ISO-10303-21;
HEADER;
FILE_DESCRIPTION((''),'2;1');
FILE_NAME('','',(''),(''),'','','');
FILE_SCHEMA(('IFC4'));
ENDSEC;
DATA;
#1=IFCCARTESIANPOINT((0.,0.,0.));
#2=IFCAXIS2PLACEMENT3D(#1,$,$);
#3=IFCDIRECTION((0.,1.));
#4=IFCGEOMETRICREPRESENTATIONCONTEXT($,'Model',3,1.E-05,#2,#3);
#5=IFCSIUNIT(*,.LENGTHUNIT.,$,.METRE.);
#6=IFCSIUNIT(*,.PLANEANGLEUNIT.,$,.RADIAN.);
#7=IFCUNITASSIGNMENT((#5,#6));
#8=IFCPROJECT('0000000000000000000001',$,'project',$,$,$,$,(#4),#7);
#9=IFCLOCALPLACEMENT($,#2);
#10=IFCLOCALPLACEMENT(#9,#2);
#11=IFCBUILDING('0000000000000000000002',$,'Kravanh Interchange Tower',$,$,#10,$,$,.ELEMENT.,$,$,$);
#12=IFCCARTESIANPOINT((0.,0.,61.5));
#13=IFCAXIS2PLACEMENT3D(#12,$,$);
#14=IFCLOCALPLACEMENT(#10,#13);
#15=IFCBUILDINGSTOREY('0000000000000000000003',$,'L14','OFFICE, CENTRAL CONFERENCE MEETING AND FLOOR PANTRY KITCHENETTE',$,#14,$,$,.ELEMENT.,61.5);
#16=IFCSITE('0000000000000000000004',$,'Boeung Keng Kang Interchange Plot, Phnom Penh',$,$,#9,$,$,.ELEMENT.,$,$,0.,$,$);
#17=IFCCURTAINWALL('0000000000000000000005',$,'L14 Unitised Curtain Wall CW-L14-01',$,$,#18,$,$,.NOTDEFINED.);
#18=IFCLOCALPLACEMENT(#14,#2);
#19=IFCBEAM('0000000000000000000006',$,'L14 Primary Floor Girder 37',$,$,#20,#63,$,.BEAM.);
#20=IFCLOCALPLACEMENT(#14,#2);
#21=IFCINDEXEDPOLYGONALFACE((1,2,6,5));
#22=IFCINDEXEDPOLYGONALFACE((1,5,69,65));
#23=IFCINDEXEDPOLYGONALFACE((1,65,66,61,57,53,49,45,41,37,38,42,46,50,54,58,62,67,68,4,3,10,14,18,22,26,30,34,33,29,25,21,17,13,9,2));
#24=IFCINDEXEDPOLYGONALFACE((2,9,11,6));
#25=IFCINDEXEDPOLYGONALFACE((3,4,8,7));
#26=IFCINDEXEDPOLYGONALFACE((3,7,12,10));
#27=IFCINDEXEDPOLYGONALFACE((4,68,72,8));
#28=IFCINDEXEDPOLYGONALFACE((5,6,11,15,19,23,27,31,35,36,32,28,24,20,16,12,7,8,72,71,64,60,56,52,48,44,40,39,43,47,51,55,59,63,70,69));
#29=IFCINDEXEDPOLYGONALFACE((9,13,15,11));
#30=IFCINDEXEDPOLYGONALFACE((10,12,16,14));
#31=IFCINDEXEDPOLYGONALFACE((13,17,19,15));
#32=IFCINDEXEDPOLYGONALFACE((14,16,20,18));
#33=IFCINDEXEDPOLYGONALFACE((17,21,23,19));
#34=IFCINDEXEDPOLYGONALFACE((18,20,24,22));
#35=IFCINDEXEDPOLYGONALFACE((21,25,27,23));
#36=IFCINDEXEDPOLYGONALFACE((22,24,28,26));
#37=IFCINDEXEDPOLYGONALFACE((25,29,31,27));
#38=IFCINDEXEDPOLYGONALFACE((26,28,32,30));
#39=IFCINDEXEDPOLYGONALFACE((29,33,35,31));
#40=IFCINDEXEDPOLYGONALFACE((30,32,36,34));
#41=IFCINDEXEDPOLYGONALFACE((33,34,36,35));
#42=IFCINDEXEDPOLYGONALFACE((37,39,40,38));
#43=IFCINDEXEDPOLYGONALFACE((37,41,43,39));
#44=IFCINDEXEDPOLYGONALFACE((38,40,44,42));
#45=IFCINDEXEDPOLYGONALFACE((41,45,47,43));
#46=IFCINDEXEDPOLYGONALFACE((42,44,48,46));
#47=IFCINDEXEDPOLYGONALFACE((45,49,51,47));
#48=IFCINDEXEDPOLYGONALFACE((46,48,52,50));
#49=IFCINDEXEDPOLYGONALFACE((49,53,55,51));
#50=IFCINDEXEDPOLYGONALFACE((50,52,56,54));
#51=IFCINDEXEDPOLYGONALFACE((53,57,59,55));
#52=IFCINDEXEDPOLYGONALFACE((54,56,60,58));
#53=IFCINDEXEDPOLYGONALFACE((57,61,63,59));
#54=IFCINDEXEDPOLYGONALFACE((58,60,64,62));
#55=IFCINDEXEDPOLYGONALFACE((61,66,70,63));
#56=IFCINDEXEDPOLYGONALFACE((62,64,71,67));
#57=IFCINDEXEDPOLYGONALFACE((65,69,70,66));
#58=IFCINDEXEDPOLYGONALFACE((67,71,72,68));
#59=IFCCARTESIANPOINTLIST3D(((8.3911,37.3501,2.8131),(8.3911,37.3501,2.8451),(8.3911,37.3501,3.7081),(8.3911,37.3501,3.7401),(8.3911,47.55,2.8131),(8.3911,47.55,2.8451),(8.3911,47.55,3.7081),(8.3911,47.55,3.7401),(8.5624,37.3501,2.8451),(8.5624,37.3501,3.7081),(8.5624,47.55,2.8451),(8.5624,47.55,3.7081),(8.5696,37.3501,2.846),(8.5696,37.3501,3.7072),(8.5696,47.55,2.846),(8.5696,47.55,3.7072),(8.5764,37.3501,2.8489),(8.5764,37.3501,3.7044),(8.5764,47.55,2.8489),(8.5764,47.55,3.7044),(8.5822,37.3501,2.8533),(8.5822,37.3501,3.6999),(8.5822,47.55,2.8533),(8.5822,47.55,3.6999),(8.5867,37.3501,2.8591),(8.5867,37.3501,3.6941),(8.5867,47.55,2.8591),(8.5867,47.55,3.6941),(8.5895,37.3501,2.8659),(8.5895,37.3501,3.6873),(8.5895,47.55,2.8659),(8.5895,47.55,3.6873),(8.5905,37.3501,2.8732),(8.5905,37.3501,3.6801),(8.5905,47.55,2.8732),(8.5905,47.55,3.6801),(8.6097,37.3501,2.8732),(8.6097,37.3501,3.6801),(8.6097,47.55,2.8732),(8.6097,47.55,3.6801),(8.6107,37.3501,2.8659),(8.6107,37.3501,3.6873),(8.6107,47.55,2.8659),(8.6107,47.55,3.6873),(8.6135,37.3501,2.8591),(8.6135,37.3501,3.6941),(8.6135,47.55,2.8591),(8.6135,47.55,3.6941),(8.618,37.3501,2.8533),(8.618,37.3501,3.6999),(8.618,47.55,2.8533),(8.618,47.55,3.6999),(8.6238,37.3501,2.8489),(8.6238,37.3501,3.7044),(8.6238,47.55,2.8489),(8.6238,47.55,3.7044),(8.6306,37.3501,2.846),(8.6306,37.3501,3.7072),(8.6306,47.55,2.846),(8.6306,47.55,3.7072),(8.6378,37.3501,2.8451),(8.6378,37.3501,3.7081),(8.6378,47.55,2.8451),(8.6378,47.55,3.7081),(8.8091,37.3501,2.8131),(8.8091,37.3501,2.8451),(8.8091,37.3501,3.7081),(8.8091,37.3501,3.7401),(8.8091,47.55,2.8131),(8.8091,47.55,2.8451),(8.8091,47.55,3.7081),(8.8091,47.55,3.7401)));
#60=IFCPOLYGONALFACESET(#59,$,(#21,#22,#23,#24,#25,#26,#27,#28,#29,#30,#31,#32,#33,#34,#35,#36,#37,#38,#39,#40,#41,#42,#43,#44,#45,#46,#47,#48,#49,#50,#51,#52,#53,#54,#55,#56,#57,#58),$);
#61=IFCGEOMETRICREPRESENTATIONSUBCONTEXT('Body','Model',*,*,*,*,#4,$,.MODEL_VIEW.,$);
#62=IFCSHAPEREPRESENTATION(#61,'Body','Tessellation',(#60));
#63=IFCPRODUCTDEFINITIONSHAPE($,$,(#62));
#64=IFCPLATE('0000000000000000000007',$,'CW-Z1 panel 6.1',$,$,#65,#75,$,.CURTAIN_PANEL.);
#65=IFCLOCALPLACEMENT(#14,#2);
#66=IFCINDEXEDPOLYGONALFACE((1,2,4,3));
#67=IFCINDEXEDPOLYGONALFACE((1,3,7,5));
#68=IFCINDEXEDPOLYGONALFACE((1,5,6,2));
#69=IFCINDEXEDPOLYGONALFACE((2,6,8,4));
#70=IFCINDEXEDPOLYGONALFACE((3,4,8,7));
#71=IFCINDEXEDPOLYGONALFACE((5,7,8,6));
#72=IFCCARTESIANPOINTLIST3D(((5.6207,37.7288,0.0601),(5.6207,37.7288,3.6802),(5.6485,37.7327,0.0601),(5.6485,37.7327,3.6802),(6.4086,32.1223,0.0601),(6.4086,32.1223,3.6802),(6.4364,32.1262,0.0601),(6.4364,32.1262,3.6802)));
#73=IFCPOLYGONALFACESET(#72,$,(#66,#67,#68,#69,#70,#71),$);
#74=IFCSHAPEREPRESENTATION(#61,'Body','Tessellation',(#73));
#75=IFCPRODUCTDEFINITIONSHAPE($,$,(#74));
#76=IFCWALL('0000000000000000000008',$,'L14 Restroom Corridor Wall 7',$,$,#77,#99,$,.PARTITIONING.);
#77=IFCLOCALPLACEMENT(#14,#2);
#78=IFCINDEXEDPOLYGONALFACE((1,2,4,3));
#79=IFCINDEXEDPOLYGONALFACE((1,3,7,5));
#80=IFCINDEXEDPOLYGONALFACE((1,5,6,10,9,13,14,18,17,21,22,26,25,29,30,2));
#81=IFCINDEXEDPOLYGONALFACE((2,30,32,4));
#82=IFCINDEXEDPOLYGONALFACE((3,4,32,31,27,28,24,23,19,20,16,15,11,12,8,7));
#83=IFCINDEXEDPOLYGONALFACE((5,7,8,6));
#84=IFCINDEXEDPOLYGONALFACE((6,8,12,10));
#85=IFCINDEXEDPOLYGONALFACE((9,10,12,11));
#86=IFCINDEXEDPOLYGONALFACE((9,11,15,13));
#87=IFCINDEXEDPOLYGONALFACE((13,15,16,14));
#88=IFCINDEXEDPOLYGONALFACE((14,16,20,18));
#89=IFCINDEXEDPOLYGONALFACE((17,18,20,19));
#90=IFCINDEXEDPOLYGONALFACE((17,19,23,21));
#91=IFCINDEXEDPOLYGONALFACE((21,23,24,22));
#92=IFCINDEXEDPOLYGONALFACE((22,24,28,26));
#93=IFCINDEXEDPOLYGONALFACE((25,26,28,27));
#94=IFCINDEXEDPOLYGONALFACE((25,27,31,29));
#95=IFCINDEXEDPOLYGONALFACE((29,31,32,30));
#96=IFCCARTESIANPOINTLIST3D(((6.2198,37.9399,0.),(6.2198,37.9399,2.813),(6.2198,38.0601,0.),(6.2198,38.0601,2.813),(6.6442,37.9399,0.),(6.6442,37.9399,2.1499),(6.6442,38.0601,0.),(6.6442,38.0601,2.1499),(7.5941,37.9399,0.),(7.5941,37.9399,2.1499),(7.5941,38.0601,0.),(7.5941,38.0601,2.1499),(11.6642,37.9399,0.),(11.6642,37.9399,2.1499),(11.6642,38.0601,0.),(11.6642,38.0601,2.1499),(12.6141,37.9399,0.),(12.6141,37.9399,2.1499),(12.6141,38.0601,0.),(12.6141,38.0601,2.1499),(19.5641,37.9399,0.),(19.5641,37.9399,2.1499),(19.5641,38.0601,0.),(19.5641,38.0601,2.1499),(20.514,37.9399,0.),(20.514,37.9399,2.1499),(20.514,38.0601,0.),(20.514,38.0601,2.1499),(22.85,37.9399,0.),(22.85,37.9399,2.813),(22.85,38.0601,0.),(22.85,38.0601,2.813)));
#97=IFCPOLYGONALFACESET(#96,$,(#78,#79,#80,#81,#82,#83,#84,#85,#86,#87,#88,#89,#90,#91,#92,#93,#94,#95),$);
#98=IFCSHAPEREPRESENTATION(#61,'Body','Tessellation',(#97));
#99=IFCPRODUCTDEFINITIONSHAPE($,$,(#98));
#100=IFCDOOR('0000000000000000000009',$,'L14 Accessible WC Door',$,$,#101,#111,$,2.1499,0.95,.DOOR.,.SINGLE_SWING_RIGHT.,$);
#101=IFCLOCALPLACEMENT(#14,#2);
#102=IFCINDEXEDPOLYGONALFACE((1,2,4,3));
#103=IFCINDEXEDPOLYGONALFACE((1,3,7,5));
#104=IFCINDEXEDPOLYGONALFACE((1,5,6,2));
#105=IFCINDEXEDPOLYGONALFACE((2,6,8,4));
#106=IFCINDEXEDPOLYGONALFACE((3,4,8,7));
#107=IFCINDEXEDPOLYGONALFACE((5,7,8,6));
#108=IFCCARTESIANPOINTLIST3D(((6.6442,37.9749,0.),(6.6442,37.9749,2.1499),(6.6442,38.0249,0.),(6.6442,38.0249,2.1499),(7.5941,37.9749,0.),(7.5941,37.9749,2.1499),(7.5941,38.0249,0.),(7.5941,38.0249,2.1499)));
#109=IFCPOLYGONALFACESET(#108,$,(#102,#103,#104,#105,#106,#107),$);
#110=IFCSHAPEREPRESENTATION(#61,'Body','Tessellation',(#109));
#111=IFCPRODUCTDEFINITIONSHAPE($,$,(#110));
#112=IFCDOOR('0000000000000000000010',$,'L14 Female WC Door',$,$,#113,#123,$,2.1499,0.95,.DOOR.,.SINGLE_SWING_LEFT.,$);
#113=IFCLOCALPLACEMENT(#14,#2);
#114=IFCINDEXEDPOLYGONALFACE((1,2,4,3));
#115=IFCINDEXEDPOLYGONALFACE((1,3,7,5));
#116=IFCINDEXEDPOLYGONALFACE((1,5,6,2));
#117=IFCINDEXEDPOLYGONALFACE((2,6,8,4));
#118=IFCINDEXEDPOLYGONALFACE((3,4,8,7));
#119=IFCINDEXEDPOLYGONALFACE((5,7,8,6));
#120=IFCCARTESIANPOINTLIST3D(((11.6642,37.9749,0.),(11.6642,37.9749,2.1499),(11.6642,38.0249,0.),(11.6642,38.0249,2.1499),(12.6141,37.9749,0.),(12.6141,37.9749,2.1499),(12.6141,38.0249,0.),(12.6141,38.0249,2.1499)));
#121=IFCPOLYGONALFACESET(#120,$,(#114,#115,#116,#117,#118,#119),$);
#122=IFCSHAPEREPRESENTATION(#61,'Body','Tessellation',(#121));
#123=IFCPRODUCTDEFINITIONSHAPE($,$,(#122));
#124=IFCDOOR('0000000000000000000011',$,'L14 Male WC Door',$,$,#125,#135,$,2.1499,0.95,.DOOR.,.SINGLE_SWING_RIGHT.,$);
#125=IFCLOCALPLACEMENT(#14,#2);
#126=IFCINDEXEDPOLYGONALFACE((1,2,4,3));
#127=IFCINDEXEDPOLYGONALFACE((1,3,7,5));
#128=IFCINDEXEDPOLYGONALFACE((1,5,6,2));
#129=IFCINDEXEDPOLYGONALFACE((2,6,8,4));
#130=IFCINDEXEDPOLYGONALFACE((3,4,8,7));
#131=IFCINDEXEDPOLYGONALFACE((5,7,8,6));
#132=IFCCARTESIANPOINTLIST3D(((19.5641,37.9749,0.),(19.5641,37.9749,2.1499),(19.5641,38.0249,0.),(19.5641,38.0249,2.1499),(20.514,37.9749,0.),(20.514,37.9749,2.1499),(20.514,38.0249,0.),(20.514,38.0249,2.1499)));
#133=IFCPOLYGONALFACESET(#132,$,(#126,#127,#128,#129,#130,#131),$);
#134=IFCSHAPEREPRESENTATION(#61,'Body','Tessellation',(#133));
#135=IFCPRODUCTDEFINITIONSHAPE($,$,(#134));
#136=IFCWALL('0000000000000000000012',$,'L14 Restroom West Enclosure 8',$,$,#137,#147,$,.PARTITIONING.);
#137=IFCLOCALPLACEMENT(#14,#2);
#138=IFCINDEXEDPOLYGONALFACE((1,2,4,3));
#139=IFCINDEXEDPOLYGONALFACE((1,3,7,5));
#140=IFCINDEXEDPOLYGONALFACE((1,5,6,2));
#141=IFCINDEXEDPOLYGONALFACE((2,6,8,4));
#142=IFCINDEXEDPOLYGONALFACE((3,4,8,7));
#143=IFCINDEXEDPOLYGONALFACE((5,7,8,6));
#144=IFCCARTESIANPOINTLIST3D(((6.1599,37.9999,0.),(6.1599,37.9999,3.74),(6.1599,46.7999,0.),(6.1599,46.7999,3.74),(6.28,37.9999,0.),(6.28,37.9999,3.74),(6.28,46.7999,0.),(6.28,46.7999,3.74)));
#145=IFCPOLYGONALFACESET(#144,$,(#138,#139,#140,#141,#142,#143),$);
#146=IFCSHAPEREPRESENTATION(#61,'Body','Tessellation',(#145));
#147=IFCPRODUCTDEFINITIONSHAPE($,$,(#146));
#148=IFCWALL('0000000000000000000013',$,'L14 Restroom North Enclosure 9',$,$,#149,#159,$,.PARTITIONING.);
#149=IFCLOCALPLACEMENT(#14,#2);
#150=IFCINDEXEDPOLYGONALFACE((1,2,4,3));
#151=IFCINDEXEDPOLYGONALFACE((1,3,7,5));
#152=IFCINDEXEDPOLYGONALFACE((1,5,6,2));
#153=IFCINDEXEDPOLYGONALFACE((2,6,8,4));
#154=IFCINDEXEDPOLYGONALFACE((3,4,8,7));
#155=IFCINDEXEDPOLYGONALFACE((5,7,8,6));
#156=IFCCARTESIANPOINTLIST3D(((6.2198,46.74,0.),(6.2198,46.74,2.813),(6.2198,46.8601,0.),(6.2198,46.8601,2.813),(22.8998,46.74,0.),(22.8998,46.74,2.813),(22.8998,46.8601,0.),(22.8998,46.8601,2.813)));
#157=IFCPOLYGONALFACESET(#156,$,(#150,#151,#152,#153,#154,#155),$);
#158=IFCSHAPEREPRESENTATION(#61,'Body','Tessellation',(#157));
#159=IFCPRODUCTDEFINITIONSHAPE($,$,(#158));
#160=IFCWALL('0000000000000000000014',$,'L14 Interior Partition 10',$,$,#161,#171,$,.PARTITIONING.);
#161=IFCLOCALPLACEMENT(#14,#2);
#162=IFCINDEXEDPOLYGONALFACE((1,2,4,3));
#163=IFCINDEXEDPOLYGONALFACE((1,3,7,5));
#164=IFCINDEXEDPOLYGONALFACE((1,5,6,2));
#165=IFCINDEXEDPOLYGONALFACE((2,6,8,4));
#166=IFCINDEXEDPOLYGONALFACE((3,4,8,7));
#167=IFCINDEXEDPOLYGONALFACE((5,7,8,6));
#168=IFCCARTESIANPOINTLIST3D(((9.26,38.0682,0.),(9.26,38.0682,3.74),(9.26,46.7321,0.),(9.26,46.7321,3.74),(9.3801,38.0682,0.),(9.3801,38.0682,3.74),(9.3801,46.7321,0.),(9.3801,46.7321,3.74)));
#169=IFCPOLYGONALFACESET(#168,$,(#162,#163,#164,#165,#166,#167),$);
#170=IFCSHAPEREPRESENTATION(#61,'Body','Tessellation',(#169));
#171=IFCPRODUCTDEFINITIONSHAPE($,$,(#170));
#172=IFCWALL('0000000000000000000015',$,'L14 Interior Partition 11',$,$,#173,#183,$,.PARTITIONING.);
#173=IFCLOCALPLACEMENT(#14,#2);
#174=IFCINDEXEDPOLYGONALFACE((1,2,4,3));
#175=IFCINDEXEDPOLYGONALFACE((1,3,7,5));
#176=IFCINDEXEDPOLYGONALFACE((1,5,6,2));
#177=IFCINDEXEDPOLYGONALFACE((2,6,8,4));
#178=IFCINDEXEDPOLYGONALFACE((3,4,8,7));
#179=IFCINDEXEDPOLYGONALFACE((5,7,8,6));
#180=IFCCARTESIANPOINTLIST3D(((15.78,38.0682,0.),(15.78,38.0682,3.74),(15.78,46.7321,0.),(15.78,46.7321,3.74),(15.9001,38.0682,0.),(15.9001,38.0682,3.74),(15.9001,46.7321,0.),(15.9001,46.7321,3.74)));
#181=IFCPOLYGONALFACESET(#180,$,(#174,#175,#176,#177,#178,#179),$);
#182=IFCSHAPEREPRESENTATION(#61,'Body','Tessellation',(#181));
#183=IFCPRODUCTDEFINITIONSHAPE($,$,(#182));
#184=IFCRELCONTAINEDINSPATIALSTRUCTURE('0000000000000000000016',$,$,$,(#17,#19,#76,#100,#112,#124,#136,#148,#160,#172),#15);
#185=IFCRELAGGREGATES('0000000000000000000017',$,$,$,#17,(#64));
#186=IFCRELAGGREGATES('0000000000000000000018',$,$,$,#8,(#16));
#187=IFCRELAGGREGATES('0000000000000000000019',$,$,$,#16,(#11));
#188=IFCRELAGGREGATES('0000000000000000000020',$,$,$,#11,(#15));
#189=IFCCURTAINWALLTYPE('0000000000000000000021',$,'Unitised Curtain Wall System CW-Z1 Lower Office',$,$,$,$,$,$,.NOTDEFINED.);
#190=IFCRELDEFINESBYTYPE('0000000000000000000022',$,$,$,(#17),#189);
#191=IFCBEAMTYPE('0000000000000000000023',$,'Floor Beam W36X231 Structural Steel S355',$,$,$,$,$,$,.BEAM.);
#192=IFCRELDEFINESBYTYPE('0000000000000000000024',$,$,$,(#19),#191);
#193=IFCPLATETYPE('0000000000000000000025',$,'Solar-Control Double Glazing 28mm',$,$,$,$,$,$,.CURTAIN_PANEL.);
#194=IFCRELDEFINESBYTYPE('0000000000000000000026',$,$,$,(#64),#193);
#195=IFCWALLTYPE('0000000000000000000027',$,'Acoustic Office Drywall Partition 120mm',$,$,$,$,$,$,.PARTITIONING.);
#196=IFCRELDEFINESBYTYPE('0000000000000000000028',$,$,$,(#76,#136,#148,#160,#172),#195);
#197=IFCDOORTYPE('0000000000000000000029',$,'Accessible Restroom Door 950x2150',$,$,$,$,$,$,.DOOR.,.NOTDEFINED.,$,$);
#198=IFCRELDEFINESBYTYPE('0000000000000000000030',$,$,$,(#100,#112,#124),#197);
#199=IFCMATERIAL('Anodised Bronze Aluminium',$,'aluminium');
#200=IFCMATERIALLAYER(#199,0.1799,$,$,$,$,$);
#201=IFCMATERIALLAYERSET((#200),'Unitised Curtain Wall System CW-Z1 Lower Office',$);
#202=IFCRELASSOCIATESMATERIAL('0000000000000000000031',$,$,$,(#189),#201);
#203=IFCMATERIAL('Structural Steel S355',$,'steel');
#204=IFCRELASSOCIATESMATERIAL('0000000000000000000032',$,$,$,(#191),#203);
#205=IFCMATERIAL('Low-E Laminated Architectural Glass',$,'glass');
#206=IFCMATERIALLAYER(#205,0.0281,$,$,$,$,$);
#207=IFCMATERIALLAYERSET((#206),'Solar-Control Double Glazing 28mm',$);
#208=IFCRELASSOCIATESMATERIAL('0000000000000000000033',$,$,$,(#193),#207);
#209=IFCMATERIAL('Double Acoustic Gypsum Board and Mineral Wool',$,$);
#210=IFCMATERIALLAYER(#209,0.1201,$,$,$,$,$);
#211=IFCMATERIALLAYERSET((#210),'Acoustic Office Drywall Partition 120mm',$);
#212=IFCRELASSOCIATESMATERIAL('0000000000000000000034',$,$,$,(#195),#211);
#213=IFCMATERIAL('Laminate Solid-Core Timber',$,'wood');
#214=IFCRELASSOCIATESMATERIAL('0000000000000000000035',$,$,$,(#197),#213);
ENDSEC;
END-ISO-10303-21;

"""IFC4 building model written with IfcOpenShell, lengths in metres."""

from ifc_helpers import new_model, si_unit, direction, frame, frame_2d, origin, origin_2d, place, context, subcontext, project, spatial, rectangle, i_section, extrude, material, layer, layer_set, material_profile, profile_set, type_object, element, fill, aggregate, save


model = new_model("IFC4")

# Units and contexts
model_context = context("Model", 3, precision=1e-05, world=origin(), true_north=direction((0.0, 1.0)))
body_context = subcontext(model_context, "Body", "Model", "MODEL_VIEW")
ifc_project = project(units=[si_unit("LENGTHUNIT", "METRE"), si_unit("PLANEANGLEUNIT", "RADIAN")], contexts=[model_context])

# Site, building, storey
site_placement = place(None, origin())
site = spatial("IfcSite", under=ifc_project, at=site_placement, Name="Boeung Keng Kang Interchange Plot, Phnom Penh", CompositionType="ELEMENT", RefElevation=0.0)
building_placement = place(site_placement, origin())
building = spatial("IfcBuilding", under=site, at=building_placement, Name="Kravanh Interchange Tower", CompositionType="ELEMENT")
storey_placement = place(building_placement, frame((0.0, 0.0, 61.5)))
storey = spatial("IfcBuildingStorey", under=building, at=storey_placement, Name="L14", Description="OFFICE, CENTRAL CONFERENCE MEETING AND FLOOR PANTRY KITCHENETTE", CompositionType="ELEMENT", Elevation=61.5)

# Curtain wall
ifc_material_1 = material(Name="Anodised Bronze Aluminium", Category="aluminium")
ifc_layer_1 = layer(ifc_material_1, 0.1799)
ifc_layer_set_1 = layer_set([ifc_layer_1], Name="Unitised Curtain Wall System CW-Z1 Lower Office")
curtain_wall_type = type_object("IfcCurtainWallType", Name="Unitised Curtain Wall System CW-Z1 Lower Office", PredefinedType="NOTDEFINED", material=ifc_layer_set_1)
curtain_wall_placement = place(storey_placement, origin())
curtain_wall = element("IfcCurtainWall", 1, at=curtain_wall_placement, inside=storey, type_object=curtain_wall_type, Name="L14 Unitised Curtain Wall CW-L14-01", PredefinedType="NOTDEFINED")

# Beam
ifc_material_2 = material(Name="Structural Steel S355", Category="steel")
ifc_material_profile_1 = material_profile(ifc_material_2, i_section(OverallWidth=0.418, OverallDepth=0.927, WebThickness=0.0193, FlangeThickness=0.032, FilletRadius=0.0281, at=origin_2d()), Name="W36X231")
ifc_profile_set_1 = profile_set([ifc_material_profile_1], Name="Structural Steel S355")
beam_type = type_object("IfcBeamType", Name="Floor Beam W36X231 Structural Steel S355", PredefinedType="BEAM", material=ifc_profile_set_1)
beam_1_placement = place(storey_placement, frame((8.6001, 37.3501, 3.2766), z_axis=(0.0, 1.0, 0.0), x_axis=(-1.0, 0.0, 0.0)))
element("IfcBeam", 2, at=beam_1_placement, inside=storey, type_object=beam_type, Name="L14 Primary Floor Girder 37", PredefinedType="BEAM", context=body_context, shape_type="SweptSolid", body=[
    extrude(i_section(OverallWidth=0.418, OverallDepth=0.927, WebThickness=0.0193, FlangeThickness=0.032, FilletRadius=0.0281, at=origin_2d()), origin(), (0.0, 0.0, 1.0), 10.2),
])

# Plate
ifc_material_3 = material(Name="Low-E Laminated Architectural Glass", Category="glass")
ifc_layer_2 = layer(ifc_material_3, 0.0281)
ifc_layer_set_2 = layer_set([ifc_layer_2], Name="Solar-Control Double Glazing 28mm")
plate_type = type_object("IfcPlateType", Name="Solar-Control Double Glazing 28mm", PredefinedType="CURTAIN_PANEL", material=ifc_layer_set_2)
plate_placement = place(storey_placement, frame((6.0286, 34.9275, 0.0601), z_axis=(0.0, 0.0, 1.0), x_axis=(-0.139177, 0.990268, 0.0)))
plate = element("IfcPlate", 3, at=plate_placement, type_object=plate_type, Name="CW-Z1 panel 6.1", PredefinedType="CURTAIN_PANEL", context=body_context, shape_type="SweptSolid", body=[
    extrude(rectangle(XDim=5.6616, YDim=0.0281, at=origin_2d()), origin(), (0.0, 0.0, 1.0), 3.6201),
])
aggregate(curtain_wall, [plate])

# Wall, openings, doors
ifc_material_4 = material(Name="Double Acoustic Gypsum Board and Mineral Wool")
ifc_layer_3 = layer(ifc_material_4, 0.1201)
ifc_layer_set_3 = layer_set([ifc_layer_3], Name="Acoustic Office Drywall Partition 120mm")
wall_type_1 = type_object("IfcWallType", Name="Acoustic Office Drywall Partition 120mm", PredefinedType="PARTITIONING", material=ifc_layer_set_3)
wall_1_placement = place(storey_placement, frame((6.22, 38.0, 0.0), z_axis=(0.0, 0.0, 1.0), x_axis=(1.0, 0.0, 0.0)))
wall_1 = element("IfcWall", 4, at=wall_1_placement, inside=storey, type_object=wall_type_1, Name="L14 Restroom Corridor Wall 7", PredefinedType="PARTITIONING", context=body_context, shape_type="SweptSolid", body=[
    extrude(rectangle(XDim=16.6301, YDim=0.1201, at=frame_2d((8.3149, 0.0))), origin(), (0.0, 0.0, 1.0), 2.813),
])
opening_1_placement = place(wall_1_placement, frame((0.4241, 0.0, 0.0)))
opening_1 = element("IfcOpeningElement", 5, at=opening_1_placement, cuts=wall_1, PredefinedType="OPENING", context=body_context, shape_type="SweptSolid", body=[
    extrude(rectangle(XDim=0.95, YDim=2.1499, at=frame_2d((0.4751, 1.075))), frame((0.0, 0.0701, 0.0), z_axis=(0.0, -1.0, 0.0), x_axis=(1.0, 0.0, 0.0)), (0.0, 0.0, 1.0), 0.1401),
])
opening_2_placement = place(wall_1_placement, frame((5.4441, 0.0, 0.0)))
opening_2 = element("IfcOpeningElement", 6, at=opening_2_placement, cuts=wall_1, PredefinedType="OPENING", context=body_context, shape_type="SweptSolid", body=[
    extrude(rectangle(XDim=0.95, YDim=2.1499, at=frame_2d((0.4751, 1.075))), frame((0.0, 0.0701, 0.0), z_axis=(0.0, -1.0, 0.0), x_axis=(1.0, 0.0, 0.0)), (0.0, 0.0, 1.0), 0.1401),
])
opening_3_placement = place(wall_1_placement, frame((13.344, 0.0, 0.0)))
opening_3 = element("IfcOpeningElement", 7, at=opening_3_placement, cuts=wall_1, PredefinedType="OPENING", context=body_context, shape_type="SweptSolid", body=[
    extrude(rectangle(XDim=0.95, YDim=2.1499, at=frame_2d((0.4751, 1.075))), frame((0.0, 0.0701, 0.0), z_axis=(0.0, -1.0, 0.0), x_axis=(1.0, 0.0, 0.0)), (0.0, 0.0, 1.0), 0.1401),
])
ifc_material_5 = material(Name="Laminate Solid-Core Timber", Category="wood")
door_type = type_object("IfcDoorType", Name="Accessible Restroom Door 950x2150", OperationType="NOTDEFINED", PredefinedType="DOOR", material=ifc_material_5)
door_1_placement = place(opening_1_placement, origin())
door_1 = element("IfcDoor", 8, at=door_1_placement, inside=storey, type_object=door_type, Name="L14 Accessible WC Door", OperationType="SINGLE_SWING_RIGHT", OverallHeight=2.1499, OverallWidth=0.95, PredefinedType="DOOR", context=body_context, shape_type="SweptSolid", body=[
    extrude(rectangle(XDim=0.95, YDim=2.1499, at=frame_2d((0.4751, 1.075))), frame((0.0, 0.0249, 0.0), z_axis=(0.0, -1.0, 0.0), x_axis=(1.0, 0.0, 0.0)), (0.0, 0.0, 1.0), 0.05),
])
fill(opening_1, door_1)
door_2_placement = place(opening_2_placement, origin())
door_2 = element("IfcDoor", 9, at=door_2_placement, inside=storey, type_object=door_type, Name="L14 Female WC Door", OperationType="SINGLE_SWING_LEFT", OverallHeight=2.1499, OverallWidth=0.95, PredefinedType="DOOR", context=body_context, shape_type="SweptSolid", body=[
    extrude(rectangle(XDim=0.95, YDim=2.1499, at=frame_2d((0.4751, 1.075))), frame((0.0, 0.0249, 0.0), z_axis=(0.0, -1.0, 0.0), x_axis=(1.0, 0.0, 0.0)), (0.0, 0.0, 1.0), 0.05),
])
fill(opening_2, door_2)
door_3_placement = place(opening_3_placement, origin())
door_3 = element("IfcDoor", 10, at=door_3_placement, inside=storey, type_object=door_type, Name="L14 Male WC Door", OperationType="SINGLE_SWING_RIGHT", OverallHeight=2.1499, OverallWidth=0.95, PredefinedType="DOOR", context=body_context, shape_type="SweptSolid", body=[
    extrude(rectangle(XDim=0.95, YDim=2.1499, at=frame_2d((0.4751, 1.075))), frame((0.0, 0.0249, 0.0), z_axis=(0.0, -1.0, 0.0), x_axis=(1.0, 0.0, 0.0)), (0.0, 0.0, 1.0), 0.05),
])
fill(opening_3, door_3)

# Walls
wall_2_placement = place(storey_placement, frame((6.22, 38.0, 0.0), z_axis=(0.0, 0.0, 1.0), x_axis=(0.0, 1.0, 0.0)))
element("IfcWall", 11, at=wall_2_placement, inside=storey, type_object=wall_type_1, Name="L14 Restroom West Enclosure 8", PredefinedType="PARTITIONING", context=body_context, shape_type="SweptSolid", body=[
    extrude(rectangle(XDim=8.8, YDim=0.1201, at=frame_2d((4.3999, 0.0))), origin(), (0.0, 0.0, 1.0), 3.74),
])
wall_3_placement = place(storey_placement, frame((6.22, 46.8, 0.0), z_axis=(0.0, 0.0, 1.0), x_axis=(1.0, 0.0, 0.0)))
element("IfcWall", 12, at=wall_3_placement, inside=storey, type_object=wall_type_1, Name="L14 Restroom North Enclosure 9", PredefinedType="PARTITIONING", context=body_context, shape_type="SweptSolid", body=[
    extrude(rectangle(XDim=16.6799, YDim=0.1201, at=frame_2d((8.3398, 0.0))), origin(), (0.0, 0.0, 1.0), 2.813),
])
for number, where, z_axis, x_axis, name in (
    (13, (9.3201, 38.0681, 0.0), (0.0, 0.0, 1.0), (0.0, 1.0, 0.0), "L14 Interior Partition 10"),
    (14, (15.8401, 38.0681, 0.0), (0.0, 0.0, 1.0), (0.0, 1.0, 0.0), "L14 Interior Partition 11"),
):
    element("IfcWall", number, at=place(storey_placement, frame(where, z_axis=z_axis, x_axis=x_axis)), inside=storey, type_object=wall_type_1, Name=name, PredefinedType="PARTITIONING", context=body_context, shape_type="SweptSolid", body=[
        extrude(rectangle(XDim=8.6638, YDim=0.1201, at=frame_2d((4.332, 0.0))), origin(), (0.0, 0.0, 1.0), 3.74),
    ])

save(model, "model.ifc")
